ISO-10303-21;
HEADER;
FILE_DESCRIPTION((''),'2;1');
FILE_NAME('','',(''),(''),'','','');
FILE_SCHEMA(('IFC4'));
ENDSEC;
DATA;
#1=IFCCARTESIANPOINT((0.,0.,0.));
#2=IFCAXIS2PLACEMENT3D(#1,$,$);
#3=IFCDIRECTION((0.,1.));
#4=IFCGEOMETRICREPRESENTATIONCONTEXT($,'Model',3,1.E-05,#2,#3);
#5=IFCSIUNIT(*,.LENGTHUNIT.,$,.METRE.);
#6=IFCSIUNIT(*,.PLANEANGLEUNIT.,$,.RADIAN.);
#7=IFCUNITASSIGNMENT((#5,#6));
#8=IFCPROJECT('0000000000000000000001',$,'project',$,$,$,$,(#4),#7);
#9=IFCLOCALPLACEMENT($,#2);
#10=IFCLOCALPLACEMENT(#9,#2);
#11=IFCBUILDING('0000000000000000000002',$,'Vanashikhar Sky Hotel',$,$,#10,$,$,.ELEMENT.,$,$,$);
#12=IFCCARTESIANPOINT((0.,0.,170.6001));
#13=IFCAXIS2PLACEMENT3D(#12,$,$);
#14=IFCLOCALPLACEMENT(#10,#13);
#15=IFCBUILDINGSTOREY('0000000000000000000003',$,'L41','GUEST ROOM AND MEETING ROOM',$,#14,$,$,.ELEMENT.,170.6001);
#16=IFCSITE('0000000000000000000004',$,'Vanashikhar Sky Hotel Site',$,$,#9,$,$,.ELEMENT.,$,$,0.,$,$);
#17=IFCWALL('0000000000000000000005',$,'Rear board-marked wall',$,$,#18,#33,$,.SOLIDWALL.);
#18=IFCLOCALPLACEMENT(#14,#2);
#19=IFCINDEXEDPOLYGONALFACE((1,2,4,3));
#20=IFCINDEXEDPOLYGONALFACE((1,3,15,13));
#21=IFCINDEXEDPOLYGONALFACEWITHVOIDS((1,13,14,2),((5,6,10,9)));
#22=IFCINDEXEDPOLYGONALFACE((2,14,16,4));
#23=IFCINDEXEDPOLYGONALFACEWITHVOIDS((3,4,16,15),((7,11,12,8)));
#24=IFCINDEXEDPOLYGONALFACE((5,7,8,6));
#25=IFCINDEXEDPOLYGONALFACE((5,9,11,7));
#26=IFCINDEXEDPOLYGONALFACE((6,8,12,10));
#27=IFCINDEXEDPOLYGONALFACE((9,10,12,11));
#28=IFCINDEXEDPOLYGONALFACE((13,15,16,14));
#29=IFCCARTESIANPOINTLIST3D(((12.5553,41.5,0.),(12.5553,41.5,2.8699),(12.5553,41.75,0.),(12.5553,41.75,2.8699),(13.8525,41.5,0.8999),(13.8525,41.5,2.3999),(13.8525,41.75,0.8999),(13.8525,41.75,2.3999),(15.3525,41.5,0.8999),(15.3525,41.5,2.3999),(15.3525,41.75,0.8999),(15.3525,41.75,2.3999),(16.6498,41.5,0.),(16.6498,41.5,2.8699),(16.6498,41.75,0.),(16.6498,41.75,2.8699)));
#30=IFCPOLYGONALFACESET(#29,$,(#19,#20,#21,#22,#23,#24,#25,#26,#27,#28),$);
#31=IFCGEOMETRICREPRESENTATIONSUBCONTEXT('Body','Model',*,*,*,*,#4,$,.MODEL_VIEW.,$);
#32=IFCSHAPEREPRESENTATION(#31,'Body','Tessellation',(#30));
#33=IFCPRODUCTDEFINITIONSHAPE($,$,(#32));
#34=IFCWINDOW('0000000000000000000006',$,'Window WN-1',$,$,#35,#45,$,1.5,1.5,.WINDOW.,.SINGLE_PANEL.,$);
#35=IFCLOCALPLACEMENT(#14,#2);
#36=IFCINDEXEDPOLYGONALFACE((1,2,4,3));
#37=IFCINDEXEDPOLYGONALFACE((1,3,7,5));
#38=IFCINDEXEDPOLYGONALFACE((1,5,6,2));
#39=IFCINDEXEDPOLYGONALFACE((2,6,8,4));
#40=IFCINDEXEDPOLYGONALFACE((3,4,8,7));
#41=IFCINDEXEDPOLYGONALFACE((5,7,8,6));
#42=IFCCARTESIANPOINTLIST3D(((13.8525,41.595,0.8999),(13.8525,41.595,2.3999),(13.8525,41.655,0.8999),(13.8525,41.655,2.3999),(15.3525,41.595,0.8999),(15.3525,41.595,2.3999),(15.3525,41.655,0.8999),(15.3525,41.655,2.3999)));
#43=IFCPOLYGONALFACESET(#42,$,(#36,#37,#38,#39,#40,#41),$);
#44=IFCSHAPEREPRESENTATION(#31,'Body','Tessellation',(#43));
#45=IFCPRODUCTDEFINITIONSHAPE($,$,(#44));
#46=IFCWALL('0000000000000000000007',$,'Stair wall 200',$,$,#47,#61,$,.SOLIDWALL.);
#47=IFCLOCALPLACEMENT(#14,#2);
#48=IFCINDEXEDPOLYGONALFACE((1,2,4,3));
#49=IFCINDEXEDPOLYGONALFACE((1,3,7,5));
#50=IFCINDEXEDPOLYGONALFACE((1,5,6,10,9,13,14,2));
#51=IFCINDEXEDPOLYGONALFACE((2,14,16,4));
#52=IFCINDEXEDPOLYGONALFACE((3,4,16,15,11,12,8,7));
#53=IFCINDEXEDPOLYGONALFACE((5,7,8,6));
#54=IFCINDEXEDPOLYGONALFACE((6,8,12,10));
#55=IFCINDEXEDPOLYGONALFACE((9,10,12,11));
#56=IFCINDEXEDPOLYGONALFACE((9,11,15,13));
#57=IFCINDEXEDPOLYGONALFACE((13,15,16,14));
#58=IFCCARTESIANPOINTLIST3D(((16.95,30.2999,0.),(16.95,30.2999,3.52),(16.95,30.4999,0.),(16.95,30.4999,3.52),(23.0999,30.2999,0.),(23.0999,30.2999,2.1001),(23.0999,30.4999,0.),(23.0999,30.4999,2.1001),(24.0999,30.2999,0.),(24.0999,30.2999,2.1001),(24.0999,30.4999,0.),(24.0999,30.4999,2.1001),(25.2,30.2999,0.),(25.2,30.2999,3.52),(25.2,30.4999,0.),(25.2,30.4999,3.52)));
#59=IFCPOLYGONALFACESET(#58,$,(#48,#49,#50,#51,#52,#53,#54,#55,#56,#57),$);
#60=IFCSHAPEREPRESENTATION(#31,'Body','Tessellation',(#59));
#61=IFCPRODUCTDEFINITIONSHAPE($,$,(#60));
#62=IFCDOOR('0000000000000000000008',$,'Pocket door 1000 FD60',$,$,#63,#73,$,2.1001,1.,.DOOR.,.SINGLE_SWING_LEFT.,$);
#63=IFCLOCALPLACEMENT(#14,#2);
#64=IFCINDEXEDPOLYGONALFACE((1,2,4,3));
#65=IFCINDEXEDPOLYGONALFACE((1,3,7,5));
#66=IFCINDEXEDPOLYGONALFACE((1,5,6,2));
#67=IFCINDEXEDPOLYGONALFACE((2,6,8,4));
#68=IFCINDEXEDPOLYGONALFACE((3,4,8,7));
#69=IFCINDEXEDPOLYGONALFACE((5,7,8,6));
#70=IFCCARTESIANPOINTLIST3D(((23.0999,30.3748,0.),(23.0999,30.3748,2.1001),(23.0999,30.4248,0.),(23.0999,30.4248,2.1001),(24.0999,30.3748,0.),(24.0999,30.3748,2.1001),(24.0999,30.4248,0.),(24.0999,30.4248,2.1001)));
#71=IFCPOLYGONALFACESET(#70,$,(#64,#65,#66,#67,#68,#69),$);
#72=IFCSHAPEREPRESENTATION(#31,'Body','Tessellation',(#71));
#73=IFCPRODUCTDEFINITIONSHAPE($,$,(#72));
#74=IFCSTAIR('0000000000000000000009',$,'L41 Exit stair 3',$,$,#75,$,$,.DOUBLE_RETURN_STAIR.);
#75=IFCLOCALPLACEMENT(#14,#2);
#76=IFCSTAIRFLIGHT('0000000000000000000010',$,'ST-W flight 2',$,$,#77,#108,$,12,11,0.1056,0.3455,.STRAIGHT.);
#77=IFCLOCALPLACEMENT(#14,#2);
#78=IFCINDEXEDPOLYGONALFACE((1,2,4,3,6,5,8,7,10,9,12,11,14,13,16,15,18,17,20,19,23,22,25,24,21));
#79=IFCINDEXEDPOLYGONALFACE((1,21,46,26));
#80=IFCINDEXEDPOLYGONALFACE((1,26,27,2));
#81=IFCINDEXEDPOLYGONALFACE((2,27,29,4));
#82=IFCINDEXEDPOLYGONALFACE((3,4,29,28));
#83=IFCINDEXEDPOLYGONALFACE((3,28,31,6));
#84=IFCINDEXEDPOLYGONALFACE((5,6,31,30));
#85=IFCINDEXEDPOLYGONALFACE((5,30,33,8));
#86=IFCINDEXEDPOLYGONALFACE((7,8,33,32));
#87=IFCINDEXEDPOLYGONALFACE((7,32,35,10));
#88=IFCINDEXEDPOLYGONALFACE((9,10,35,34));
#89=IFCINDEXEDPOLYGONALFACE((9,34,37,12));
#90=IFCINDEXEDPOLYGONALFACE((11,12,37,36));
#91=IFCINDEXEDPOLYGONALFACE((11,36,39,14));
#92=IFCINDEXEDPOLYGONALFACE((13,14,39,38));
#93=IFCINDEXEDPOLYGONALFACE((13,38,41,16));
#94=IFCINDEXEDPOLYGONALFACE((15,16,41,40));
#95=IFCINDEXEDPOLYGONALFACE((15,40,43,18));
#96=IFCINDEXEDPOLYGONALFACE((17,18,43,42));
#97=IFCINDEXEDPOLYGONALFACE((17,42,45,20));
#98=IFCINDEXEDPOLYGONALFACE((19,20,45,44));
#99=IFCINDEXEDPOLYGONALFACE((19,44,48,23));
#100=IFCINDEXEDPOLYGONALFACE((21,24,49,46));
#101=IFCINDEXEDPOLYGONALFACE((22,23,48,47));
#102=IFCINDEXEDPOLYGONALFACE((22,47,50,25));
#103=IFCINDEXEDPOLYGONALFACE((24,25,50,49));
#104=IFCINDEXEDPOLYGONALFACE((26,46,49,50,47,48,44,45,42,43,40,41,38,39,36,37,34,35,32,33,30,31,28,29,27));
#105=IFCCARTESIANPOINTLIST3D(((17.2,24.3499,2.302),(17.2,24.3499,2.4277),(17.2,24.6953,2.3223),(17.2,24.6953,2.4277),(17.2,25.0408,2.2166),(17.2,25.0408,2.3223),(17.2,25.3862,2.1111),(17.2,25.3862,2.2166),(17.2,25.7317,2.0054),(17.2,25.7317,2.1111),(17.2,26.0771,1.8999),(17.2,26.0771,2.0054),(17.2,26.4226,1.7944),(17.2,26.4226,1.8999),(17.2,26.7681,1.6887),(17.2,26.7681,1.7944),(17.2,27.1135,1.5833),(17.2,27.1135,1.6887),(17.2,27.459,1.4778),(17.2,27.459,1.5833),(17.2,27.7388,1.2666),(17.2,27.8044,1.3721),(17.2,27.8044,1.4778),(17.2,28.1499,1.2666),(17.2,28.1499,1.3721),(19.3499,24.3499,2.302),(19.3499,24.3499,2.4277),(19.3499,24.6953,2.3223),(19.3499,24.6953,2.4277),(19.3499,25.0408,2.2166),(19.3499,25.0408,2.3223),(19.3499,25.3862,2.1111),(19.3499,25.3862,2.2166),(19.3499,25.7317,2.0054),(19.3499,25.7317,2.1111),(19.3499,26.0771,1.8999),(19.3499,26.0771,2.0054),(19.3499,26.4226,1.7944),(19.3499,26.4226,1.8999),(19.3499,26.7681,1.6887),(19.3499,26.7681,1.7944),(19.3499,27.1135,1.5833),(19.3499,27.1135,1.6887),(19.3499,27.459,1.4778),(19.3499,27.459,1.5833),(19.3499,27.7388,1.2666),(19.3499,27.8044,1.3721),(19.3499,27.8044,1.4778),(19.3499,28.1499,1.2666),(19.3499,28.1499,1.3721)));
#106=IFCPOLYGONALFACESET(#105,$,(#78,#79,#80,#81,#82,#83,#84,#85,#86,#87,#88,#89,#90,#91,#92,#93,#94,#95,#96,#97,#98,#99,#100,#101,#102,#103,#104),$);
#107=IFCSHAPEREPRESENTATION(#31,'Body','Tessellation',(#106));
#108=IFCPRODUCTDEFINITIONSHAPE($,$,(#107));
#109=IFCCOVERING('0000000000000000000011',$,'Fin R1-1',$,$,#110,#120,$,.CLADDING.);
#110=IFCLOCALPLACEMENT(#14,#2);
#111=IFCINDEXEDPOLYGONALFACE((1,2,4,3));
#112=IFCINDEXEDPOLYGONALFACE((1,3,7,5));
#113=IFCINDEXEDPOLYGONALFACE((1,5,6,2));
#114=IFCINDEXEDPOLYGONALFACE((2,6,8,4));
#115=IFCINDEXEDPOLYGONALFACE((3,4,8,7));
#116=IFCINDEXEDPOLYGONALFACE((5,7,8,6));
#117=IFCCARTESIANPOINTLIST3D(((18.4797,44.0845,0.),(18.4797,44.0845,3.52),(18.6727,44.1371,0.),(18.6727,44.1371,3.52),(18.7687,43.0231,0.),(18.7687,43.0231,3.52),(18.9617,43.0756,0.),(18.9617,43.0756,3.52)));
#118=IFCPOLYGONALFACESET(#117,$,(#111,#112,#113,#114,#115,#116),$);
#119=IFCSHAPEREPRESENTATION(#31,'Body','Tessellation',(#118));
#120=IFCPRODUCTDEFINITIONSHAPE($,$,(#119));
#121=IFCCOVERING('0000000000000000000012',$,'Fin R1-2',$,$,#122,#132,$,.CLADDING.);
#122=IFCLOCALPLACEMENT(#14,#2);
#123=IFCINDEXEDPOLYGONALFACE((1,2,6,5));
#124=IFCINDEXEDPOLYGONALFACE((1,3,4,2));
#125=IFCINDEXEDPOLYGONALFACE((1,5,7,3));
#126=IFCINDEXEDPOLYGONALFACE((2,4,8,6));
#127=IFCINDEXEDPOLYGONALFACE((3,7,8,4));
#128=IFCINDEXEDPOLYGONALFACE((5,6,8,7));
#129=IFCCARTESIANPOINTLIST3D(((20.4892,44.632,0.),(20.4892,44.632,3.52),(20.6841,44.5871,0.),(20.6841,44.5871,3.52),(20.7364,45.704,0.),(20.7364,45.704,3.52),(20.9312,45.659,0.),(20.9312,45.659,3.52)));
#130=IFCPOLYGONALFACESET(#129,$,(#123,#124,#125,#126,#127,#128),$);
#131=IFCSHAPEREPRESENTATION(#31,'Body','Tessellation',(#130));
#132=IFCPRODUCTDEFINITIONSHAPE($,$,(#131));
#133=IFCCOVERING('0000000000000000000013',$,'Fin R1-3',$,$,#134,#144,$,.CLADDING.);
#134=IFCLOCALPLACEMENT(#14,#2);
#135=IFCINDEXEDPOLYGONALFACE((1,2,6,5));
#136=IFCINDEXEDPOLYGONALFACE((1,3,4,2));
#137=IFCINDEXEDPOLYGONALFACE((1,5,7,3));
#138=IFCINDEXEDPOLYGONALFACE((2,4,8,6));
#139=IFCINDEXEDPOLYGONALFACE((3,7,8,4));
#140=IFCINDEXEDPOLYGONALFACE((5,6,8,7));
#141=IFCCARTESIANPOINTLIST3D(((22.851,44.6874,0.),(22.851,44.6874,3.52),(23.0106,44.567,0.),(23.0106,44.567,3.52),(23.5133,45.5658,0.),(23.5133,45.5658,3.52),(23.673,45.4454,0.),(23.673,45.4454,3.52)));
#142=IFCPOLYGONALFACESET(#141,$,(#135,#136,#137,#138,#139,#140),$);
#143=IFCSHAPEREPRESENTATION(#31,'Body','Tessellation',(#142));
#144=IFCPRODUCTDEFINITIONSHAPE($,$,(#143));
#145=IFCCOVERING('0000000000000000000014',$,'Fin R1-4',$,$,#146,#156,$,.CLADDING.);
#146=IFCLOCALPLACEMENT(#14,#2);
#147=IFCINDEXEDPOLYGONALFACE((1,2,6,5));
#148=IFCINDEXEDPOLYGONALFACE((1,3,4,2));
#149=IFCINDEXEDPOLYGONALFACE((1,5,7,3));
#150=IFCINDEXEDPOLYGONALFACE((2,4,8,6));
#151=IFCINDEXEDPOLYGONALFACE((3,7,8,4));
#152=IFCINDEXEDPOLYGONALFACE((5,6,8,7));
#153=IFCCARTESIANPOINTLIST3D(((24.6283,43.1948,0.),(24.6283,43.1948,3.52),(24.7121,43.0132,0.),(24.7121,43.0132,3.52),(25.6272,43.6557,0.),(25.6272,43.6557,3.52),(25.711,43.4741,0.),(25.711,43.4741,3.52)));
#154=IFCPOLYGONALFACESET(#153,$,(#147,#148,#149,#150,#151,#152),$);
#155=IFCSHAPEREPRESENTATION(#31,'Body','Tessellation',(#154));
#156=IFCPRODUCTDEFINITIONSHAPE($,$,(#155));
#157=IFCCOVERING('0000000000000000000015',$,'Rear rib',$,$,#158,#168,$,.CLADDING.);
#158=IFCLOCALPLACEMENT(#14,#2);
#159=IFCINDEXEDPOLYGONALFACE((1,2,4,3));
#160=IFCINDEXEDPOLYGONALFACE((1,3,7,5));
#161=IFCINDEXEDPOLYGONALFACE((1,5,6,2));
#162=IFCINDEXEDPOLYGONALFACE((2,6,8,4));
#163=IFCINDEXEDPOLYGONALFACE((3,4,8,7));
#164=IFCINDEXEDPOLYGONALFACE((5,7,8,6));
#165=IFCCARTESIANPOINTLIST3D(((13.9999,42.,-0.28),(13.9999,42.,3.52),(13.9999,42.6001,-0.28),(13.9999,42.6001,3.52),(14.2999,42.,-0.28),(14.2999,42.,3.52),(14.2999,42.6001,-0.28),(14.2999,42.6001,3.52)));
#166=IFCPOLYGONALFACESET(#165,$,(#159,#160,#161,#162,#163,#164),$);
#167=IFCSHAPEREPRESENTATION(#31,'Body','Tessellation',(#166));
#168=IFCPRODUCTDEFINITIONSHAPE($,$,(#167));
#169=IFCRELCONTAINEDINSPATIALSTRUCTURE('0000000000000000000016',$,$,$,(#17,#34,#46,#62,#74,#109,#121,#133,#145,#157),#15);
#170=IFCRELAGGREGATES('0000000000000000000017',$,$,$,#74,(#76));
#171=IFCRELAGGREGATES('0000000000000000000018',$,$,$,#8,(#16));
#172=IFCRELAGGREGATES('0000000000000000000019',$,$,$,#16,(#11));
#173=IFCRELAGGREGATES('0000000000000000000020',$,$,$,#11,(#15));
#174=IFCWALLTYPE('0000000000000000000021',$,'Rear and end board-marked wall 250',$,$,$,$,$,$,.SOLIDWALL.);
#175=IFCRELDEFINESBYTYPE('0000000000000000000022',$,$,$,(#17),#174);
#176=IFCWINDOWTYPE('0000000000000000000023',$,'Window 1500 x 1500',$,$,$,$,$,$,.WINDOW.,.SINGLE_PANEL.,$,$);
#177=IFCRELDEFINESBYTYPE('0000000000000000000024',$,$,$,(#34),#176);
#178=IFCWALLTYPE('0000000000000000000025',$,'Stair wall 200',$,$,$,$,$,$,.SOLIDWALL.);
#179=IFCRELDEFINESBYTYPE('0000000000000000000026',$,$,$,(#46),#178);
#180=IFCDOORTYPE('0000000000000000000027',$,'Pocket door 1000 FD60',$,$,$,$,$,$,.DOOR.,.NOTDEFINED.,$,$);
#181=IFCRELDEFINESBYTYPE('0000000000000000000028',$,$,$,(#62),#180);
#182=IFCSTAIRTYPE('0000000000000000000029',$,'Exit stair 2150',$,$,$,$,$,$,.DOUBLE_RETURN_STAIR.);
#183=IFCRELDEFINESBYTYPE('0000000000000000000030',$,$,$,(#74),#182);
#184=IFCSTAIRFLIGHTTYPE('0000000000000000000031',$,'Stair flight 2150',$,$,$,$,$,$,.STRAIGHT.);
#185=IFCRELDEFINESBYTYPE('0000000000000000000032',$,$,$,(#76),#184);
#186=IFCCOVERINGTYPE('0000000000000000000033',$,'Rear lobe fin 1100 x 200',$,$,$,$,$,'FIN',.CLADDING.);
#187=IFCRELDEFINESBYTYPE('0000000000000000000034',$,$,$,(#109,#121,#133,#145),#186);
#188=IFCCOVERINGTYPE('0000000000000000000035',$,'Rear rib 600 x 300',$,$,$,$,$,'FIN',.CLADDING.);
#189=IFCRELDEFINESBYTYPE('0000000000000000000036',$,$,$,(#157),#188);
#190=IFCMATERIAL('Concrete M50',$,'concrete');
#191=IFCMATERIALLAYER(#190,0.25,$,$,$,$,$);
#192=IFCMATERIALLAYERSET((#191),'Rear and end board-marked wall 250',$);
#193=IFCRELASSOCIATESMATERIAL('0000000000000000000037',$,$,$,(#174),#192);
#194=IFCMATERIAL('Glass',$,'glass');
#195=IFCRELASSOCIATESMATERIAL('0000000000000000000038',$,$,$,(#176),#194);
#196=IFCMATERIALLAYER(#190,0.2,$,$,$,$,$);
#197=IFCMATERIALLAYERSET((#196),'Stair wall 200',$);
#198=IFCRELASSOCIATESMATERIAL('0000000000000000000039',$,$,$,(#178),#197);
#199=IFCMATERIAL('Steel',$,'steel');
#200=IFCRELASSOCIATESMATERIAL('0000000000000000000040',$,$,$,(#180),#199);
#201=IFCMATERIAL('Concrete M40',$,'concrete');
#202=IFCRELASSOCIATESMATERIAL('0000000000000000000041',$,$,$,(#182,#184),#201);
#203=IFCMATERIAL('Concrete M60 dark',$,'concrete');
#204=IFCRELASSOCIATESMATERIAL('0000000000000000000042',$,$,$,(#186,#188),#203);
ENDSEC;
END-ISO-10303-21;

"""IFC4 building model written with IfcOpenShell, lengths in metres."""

from ifc_helpers import new_model, si_unit, direction, frame, frame_2d, origin, origin_2d, place, context, subcontext, project, spatial, polyline, rectangle, outline, extrude, source, transform, mapped, material, layer, layer_set, material_profile, profile_set, type_object, element, fill, aggregate, save


model = new_model("IFC4")

# Units and contexts
model_context = context("Model", 3, precision=1e-05, world=origin(), true_north=direction((0.0, 1.0)))
body_context = subcontext(model_context, "Body", "Model", "MODEL_VIEW")
ifc_project = project(units=[si_unit("LENGTHUNIT", "METRE"), si_unit("PLANEANGLEUNIT", "RADIAN")], contexts=[model_context])

# Site, building, storey
site_placement = place(None, origin())
site = spatial("IfcSite", under=ifc_project, at=site_placement, Name="Vanashikhar Sky Hotel Site", CompositionType="ELEMENT", RefElevation=0.0)
building_placement = place(site_placement, origin())
building = spatial("IfcBuilding", under=site, at=building_placement, Name="Vanashikhar Sky Hotel", CompositionType="ELEMENT")
storey_placement = place(building_placement, frame((0.0, 0.0, 170.6001)))
storey = spatial("IfcBuildingStorey", under=building, at=storey_placement, Name="L41", Description="GUEST ROOM AND MEETING ROOM", CompositionType="ELEMENT", Elevation=170.6001)

# Shared definitions
ifc_material_1 = material(Name="Concrete M50", Category="concrete")
ifc_material_2 = material(Name="Glass", Category="glass")

# Shared definitions
ifc_layer_1 = layer(ifc_material_1, 0.25)
ifc_layer_set_1 = layer_set([ifc_layer_1], Name="Rear and end board-marked wall 250")
wall_type_1 = type_object("IfcWallType", Name="Rear and end board-marked wall 250", PredefinedType="SOLIDWALL", material=ifc_layer_set_1)

# Wall, opening, window
shared_shape_1 = source(origin(), body_context, "Body", "SweptSolid", [
    extrude(rectangle(XDim=4.0945, YDim=0.25, at=frame_2d((2.0474, 0.0))), origin(), (0.0, 0.0, 1.0), 2.8699),
])
wall_1_placement = place(storey_placement, frame((16.6499, 41.625, 0.0), z_axis=(0.0, 0.0, 1.0), x_axis=(-1.0, 0.0, 0.0)))
wall_1 = element("IfcWall", 1, at=wall_1_placement, inside=storey, type_object=wall_type_1, Name="Rear board-marked wall", PredefinedType="SOLIDWALL", context=body_context, shape_type="MappedRepresentation", body=[
    mapped(shared_shape_1, transform((0.0, 0.0, 0.0), scale=1.0)),
])
shared_shape_2 = source(origin(), body_context, "Body", "SweptSolid", [
    extrude(rectangle(XDim=1.5, YDim=1.5, at=frame_2d((0.75, 0.75))), frame((0.0, 0.135, 0.0), z_axis=(0.0, -1.0, 0.0), x_axis=(1.0, 0.0, 0.0)), (0.0, 0.0, 1.0), 0.27),
])
opening_1_placement = place(wall_1_placement, frame((1.2974, 0.0, 0.8999)))
opening_1 = element("IfcOpeningElement", 2, at=opening_1_placement, cuts=wall_1, PredefinedType="OPENING", context=body_context, shape_type="MappedRepresentation", body=[
    mapped(shared_shape_2, transform((0.0, 0.0, 0.0), scale=1.0)),
])
window_type_1 = type_object("IfcWindowType", Name="Window 1500 x 1500", PartitioningType="SINGLE_PANEL", PredefinedType="WINDOW", material=ifc_material_2)
shared_shape_3 = source(origin(), body_context, "Body", "SweptSolid", [
    extrude(rectangle(XDim=1.5, YDim=1.5, at=frame_2d((0.75, 0.75))), frame((0.0, 0.03, 0.0), z_axis=(0.0, -1.0, 0.0), x_axis=(1.0, 0.0, 0.0)), (0.0, 0.0, 1.0), 0.0601),
])
window_1_placement = place(opening_1_placement, origin())
window_1 = element("IfcWindow", 3, at=window_1_placement, inside=storey, type_object=window_type_1, Name="Window WN-1", OverallHeight=1.5, OverallWidth=1.5, PartitioningType="SINGLE_PANEL", PredefinedType="WINDOW", context=body_context, shape_type="MappedRepresentation", body=[
    mapped(shared_shape_3, transform((0.0, 0.0, 0.0), scale=1.0)),
])
fill(opening_1, window_1)

# Wall, opening, door
ifc_layer_2 = layer(ifc_material_1, 0.2)
ifc_layer_set_2 = layer_set([ifc_layer_2], Name="Stair wall 200")
wall_type_2 = type_object("IfcWallType", Name="Stair wall 200", PredefinedType="SOLIDWALL", material=ifc_layer_set_2)
shared_shape_4 = source(origin(), body_context, "Body", "SweptSolid", [
    extrude(rectangle(XDim=8.25, YDim=0.2, at=frame_2d((4.125, 0.0))), origin(), (0.0, 0.0, 1.0), 3.52),
])
wall_2_placement = place(storey_placement, frame((16.95, 30.3999, 0.0), z_axis=(0.0, 0.0, 1.0), x_axis=(1.0, 0.0, 0.0)))
wall_2 = element("IfcWall", 4, at=wall_2_placement, inside=storey, type_object=wall_type_2, Name="Stair wall 200", PredefinedType="SOLIDWALL", context=body_context, shape_type="MappedRepresentation", body=[
    mapped(shared_shape_4, transform((0.0, 0.0, 0.0), scale=1.0)),
])
shared_shape_5 = source(origin(), body_context, "Body", "SweptSolid", [
    extrude(rectangle(XDim=1.0, YDim=2.1001, at=frame_2d((0.5, 1.05))), frame((0.0, 0.1099, 0.0), z_axis=(0.0, -1.0, 0.0), x_axis=(1.0, 0.0, 0.0)), (0.0, 0.0, 1.0), 0.22),
])
opening_2_placement = place(wall_2_placement, frame((6.1499, 0.0, 0.0)))
opening_2 = element("IfcOpeningElement", 5, at=opening_2_placement, cuts=wall_2, PredefinedType="OPENING", context=body_context, shape_type="MappedRepresentation", body=[
    mapped(shared_shape_5, transform((0.0, 0.0, 0.0), scale=1.0)),
])
ifc_material_3 = material(Name="Steel", Category="steel")
door_type = type_object("IfcDoorType", Name="Pocket door 1000 FD60", OperationType="NOTDEFINED", PredefinedType="DOOR", material=ifc_material_3)
shared_shape_6 = source(origin(), body_context, "Body", "SweptSolid", [
    extrude(rectangle(XDim=1.0, YDim=2.1001, at=frame_2d((0.5, 1.05))), frame((0.0, 0.0249, 0.0), z_axis=(0.0, -1.0, 0.0), x_axis=(1.0, 0.0, 0.0)), (0.0, 0.0, 1.0), 0.05),
])
door_placement = place(opening_2_placement, origin())
door = element("IfcDoor", 6, at=door_placement, inside=storey, type_object=door_type, Name="Pocket door 1000 FD60", OperationType="SINGLE_SWING_LEFT", OverallHeight=2.1001, OverallWidth=1.0, PredefinedType="DOOR", context=body_context, shape_type="MappedRepresentation", body=[
    mapped(shared_shape_6, transform((0.0, 0.0, 0.0), scale=1.0)),
])
fill(opening_2, door)

# Stair, stair flight
ifc_material_4 = material(Name="Concrete M40", Category="concrete")
stair_type = type_object("IfcStairType", Name="Exit stair 2150", PredefinedType="DOUBLE_RETURN_STAIR", material=ifc_material_4)
stair_placement = place(storey_placement, origin())
stair = element("IfcStair", 7, at=stair_placement, inside=storey, type_object=stair_type, Name="L41 Exit stair 3", PredefinedType="DOUBLE_RETURN_STAIR")
stair_flight_type = type_object("IfcStairFlightType", Name="Stair flight 2150", PredefinedType="STRAIGHT", material=ifc_material_4)
shared_shape_7 = source(origin(), body_context, "Body", "SweptSolid", [
    extrude(outline(polyline([(0.0, 0.0), (0.0, 0.1055), (0.3455, 0.1055), (0.3455, 0.2112), (0.6909, 0.2112), (0.6909, 0.3167), (1.0364, 0.3167), (1.0364, 0.4221), (1.3818, 0.4221), (1.3818, 0.5278), (1.7273, 0.5278), (1.7273, 0.6333), (2.0728, 0.6333), (2.0728, 0.7388), (2.4182, 0.7388), (2.4182, 0.8445), (2.7637, 0.8445), (2.7637, 0.95), (3.1091, 0.95), (3.1091, 1.0557), (3.4546, 1.0557), (3.4546, 1.1611), (3.8, 1.1611), (3.8, 1.2666), (3.8, 1.0354), (0.4111, 0.0), (0.0, 0.0)])), frame((0.0, 1.075, 0.0), z_axis=(0.0, -1.0, 0.0), x_axis=(1.0, 0.0, 0.0)), (0.0, 0.0, 1.0), 2.1499),
])
stair_flight_placement = place(storey_placement, frame((18.2749, 28.1499, 1.2666), z_axis=(0.0, 0.0, 1.0), x_axis=(0.0, -1.0, 0.0)))
stair_flight = element("IfcStairFlight", 8, at=stair_flight_placement, type_object=stair_flight_type, Name="ST-W flight 2", NumberOfRisers=12, NumberOfTreads=11, PredefinedType="STRAIGHT", RiserHeight=0.1056, TreadLength=0.3455, context=body_context, shape_type="MappedRepresentation", body=[
    mapped(shared_shape_7, transform((0.0, 0.0, 0.0), scale=1.0)),
])
aggregate(stair, [stair_flight])

# Coverings
ifc_material_5 = material(Name="Concrete M60 dark", Category="concrete")
ifc_material_profile_1 = material_profile(ifc_material_5, rectangle(XDim=1.1001, YDim=0.2, at=origin_2d()))
ifc_profile_set_1 = profile_set([ifc_material_profile_1], Name="Rear lobe fin 1100 x 200")
covering_type_1 = type_object("IfcCoveringType", Name="Rear lobe fin 1100 x 200", ElementType="FIN", PredefinedType="CLADDING", material=ifc_profile_set_1)
shared_shape_8 = source(origin(), body_context, "Body", "SweptSolid", [
    extrude(rectangle(XDim=1.1001, YDim=0.2, at=origin_2d()), origin(), (0.0, 0.0, 1.0), 3.52),
])
for number, where, z_axis, x_axis, name in (
    (9, (18.7207, 43.5801, 0.0), (0.0, 0.0, 1.0), (-0.262711, 0.964874, 0.0), "Fin R1-1"),
    (10, (20.7102, 45.1455, 0.0), (0.0, 0.0, 1.0), (0.224645, 0.974441, 0.0), "Fin R1-2"),
    (11, (23.262, 45.0664, 0.0), (0.0, 0.0, 1.0), (0.602066, 0.798446, 0.0), "Fin R1-3"),
    (12, (25.1697, 43.3345, 0.0), (0.0, 0.0, 1.0), (0.908004, 0.418961, 0.0), "Fin R1-4"),
):
    element("IfcCovering", number, at=place(storey_placement, frame(where, z_axis=z_axis, x_axis=x_axis)), inside=storey, type_object=covering_type_1, Name=name, PredefinedType="CLADDING", context=body_context, shape_type="MappedRepresentation", body=[
        mapped(shared_shape_8, transform((0.0, 0.0, 0.0), scale=1.0)),
    ])
ifc_material_profile_2 = material_profile(ifc_material_5, rectangle(XDim=0.6001, YDim=0.3, at=origin_2d()))
ifc_profile_set_2 = profile_set([ifc_material_profile_2], Name="Rear rib 600 x 300")
covering_type_2 = type_object("IfcCoveringType", Name="Rear rib 600 x 300", ElementType="FIN", PredefinedType="CLADDING", material=ifc_profile_set_2)
shared_shape_9 = source(origin(), body_context, "Body", "SweptSolid", [
    extrude(rectangle(XDim=0.6001, YDim=0.3, at=origin_2d()), origin(), (0.0, 0.0, 1.0), 3.8),
])
for number, where, z_axis, x_axis, name in (
    (13, (14.1499, 42.3, -0.28), (0.0, 0.0, 1.0), (0.0, 1.0, 0.0), "Rear rib"),
):
    element("IfcCovering", number, at=place(storey_placement, frame(where, z_axis=z_axis, x_axis=x_axis)), inside=storey, type_object=covering_type_2, Name=name, PredefinedType="CLADDING", context=body_context, shape_type="MappedRepresentation", body=[
        mapped(shared_shape_9, transform((0.0, 0.0, 0.0), scale=1.0)),
    ])

save(model, "model.ifc")
